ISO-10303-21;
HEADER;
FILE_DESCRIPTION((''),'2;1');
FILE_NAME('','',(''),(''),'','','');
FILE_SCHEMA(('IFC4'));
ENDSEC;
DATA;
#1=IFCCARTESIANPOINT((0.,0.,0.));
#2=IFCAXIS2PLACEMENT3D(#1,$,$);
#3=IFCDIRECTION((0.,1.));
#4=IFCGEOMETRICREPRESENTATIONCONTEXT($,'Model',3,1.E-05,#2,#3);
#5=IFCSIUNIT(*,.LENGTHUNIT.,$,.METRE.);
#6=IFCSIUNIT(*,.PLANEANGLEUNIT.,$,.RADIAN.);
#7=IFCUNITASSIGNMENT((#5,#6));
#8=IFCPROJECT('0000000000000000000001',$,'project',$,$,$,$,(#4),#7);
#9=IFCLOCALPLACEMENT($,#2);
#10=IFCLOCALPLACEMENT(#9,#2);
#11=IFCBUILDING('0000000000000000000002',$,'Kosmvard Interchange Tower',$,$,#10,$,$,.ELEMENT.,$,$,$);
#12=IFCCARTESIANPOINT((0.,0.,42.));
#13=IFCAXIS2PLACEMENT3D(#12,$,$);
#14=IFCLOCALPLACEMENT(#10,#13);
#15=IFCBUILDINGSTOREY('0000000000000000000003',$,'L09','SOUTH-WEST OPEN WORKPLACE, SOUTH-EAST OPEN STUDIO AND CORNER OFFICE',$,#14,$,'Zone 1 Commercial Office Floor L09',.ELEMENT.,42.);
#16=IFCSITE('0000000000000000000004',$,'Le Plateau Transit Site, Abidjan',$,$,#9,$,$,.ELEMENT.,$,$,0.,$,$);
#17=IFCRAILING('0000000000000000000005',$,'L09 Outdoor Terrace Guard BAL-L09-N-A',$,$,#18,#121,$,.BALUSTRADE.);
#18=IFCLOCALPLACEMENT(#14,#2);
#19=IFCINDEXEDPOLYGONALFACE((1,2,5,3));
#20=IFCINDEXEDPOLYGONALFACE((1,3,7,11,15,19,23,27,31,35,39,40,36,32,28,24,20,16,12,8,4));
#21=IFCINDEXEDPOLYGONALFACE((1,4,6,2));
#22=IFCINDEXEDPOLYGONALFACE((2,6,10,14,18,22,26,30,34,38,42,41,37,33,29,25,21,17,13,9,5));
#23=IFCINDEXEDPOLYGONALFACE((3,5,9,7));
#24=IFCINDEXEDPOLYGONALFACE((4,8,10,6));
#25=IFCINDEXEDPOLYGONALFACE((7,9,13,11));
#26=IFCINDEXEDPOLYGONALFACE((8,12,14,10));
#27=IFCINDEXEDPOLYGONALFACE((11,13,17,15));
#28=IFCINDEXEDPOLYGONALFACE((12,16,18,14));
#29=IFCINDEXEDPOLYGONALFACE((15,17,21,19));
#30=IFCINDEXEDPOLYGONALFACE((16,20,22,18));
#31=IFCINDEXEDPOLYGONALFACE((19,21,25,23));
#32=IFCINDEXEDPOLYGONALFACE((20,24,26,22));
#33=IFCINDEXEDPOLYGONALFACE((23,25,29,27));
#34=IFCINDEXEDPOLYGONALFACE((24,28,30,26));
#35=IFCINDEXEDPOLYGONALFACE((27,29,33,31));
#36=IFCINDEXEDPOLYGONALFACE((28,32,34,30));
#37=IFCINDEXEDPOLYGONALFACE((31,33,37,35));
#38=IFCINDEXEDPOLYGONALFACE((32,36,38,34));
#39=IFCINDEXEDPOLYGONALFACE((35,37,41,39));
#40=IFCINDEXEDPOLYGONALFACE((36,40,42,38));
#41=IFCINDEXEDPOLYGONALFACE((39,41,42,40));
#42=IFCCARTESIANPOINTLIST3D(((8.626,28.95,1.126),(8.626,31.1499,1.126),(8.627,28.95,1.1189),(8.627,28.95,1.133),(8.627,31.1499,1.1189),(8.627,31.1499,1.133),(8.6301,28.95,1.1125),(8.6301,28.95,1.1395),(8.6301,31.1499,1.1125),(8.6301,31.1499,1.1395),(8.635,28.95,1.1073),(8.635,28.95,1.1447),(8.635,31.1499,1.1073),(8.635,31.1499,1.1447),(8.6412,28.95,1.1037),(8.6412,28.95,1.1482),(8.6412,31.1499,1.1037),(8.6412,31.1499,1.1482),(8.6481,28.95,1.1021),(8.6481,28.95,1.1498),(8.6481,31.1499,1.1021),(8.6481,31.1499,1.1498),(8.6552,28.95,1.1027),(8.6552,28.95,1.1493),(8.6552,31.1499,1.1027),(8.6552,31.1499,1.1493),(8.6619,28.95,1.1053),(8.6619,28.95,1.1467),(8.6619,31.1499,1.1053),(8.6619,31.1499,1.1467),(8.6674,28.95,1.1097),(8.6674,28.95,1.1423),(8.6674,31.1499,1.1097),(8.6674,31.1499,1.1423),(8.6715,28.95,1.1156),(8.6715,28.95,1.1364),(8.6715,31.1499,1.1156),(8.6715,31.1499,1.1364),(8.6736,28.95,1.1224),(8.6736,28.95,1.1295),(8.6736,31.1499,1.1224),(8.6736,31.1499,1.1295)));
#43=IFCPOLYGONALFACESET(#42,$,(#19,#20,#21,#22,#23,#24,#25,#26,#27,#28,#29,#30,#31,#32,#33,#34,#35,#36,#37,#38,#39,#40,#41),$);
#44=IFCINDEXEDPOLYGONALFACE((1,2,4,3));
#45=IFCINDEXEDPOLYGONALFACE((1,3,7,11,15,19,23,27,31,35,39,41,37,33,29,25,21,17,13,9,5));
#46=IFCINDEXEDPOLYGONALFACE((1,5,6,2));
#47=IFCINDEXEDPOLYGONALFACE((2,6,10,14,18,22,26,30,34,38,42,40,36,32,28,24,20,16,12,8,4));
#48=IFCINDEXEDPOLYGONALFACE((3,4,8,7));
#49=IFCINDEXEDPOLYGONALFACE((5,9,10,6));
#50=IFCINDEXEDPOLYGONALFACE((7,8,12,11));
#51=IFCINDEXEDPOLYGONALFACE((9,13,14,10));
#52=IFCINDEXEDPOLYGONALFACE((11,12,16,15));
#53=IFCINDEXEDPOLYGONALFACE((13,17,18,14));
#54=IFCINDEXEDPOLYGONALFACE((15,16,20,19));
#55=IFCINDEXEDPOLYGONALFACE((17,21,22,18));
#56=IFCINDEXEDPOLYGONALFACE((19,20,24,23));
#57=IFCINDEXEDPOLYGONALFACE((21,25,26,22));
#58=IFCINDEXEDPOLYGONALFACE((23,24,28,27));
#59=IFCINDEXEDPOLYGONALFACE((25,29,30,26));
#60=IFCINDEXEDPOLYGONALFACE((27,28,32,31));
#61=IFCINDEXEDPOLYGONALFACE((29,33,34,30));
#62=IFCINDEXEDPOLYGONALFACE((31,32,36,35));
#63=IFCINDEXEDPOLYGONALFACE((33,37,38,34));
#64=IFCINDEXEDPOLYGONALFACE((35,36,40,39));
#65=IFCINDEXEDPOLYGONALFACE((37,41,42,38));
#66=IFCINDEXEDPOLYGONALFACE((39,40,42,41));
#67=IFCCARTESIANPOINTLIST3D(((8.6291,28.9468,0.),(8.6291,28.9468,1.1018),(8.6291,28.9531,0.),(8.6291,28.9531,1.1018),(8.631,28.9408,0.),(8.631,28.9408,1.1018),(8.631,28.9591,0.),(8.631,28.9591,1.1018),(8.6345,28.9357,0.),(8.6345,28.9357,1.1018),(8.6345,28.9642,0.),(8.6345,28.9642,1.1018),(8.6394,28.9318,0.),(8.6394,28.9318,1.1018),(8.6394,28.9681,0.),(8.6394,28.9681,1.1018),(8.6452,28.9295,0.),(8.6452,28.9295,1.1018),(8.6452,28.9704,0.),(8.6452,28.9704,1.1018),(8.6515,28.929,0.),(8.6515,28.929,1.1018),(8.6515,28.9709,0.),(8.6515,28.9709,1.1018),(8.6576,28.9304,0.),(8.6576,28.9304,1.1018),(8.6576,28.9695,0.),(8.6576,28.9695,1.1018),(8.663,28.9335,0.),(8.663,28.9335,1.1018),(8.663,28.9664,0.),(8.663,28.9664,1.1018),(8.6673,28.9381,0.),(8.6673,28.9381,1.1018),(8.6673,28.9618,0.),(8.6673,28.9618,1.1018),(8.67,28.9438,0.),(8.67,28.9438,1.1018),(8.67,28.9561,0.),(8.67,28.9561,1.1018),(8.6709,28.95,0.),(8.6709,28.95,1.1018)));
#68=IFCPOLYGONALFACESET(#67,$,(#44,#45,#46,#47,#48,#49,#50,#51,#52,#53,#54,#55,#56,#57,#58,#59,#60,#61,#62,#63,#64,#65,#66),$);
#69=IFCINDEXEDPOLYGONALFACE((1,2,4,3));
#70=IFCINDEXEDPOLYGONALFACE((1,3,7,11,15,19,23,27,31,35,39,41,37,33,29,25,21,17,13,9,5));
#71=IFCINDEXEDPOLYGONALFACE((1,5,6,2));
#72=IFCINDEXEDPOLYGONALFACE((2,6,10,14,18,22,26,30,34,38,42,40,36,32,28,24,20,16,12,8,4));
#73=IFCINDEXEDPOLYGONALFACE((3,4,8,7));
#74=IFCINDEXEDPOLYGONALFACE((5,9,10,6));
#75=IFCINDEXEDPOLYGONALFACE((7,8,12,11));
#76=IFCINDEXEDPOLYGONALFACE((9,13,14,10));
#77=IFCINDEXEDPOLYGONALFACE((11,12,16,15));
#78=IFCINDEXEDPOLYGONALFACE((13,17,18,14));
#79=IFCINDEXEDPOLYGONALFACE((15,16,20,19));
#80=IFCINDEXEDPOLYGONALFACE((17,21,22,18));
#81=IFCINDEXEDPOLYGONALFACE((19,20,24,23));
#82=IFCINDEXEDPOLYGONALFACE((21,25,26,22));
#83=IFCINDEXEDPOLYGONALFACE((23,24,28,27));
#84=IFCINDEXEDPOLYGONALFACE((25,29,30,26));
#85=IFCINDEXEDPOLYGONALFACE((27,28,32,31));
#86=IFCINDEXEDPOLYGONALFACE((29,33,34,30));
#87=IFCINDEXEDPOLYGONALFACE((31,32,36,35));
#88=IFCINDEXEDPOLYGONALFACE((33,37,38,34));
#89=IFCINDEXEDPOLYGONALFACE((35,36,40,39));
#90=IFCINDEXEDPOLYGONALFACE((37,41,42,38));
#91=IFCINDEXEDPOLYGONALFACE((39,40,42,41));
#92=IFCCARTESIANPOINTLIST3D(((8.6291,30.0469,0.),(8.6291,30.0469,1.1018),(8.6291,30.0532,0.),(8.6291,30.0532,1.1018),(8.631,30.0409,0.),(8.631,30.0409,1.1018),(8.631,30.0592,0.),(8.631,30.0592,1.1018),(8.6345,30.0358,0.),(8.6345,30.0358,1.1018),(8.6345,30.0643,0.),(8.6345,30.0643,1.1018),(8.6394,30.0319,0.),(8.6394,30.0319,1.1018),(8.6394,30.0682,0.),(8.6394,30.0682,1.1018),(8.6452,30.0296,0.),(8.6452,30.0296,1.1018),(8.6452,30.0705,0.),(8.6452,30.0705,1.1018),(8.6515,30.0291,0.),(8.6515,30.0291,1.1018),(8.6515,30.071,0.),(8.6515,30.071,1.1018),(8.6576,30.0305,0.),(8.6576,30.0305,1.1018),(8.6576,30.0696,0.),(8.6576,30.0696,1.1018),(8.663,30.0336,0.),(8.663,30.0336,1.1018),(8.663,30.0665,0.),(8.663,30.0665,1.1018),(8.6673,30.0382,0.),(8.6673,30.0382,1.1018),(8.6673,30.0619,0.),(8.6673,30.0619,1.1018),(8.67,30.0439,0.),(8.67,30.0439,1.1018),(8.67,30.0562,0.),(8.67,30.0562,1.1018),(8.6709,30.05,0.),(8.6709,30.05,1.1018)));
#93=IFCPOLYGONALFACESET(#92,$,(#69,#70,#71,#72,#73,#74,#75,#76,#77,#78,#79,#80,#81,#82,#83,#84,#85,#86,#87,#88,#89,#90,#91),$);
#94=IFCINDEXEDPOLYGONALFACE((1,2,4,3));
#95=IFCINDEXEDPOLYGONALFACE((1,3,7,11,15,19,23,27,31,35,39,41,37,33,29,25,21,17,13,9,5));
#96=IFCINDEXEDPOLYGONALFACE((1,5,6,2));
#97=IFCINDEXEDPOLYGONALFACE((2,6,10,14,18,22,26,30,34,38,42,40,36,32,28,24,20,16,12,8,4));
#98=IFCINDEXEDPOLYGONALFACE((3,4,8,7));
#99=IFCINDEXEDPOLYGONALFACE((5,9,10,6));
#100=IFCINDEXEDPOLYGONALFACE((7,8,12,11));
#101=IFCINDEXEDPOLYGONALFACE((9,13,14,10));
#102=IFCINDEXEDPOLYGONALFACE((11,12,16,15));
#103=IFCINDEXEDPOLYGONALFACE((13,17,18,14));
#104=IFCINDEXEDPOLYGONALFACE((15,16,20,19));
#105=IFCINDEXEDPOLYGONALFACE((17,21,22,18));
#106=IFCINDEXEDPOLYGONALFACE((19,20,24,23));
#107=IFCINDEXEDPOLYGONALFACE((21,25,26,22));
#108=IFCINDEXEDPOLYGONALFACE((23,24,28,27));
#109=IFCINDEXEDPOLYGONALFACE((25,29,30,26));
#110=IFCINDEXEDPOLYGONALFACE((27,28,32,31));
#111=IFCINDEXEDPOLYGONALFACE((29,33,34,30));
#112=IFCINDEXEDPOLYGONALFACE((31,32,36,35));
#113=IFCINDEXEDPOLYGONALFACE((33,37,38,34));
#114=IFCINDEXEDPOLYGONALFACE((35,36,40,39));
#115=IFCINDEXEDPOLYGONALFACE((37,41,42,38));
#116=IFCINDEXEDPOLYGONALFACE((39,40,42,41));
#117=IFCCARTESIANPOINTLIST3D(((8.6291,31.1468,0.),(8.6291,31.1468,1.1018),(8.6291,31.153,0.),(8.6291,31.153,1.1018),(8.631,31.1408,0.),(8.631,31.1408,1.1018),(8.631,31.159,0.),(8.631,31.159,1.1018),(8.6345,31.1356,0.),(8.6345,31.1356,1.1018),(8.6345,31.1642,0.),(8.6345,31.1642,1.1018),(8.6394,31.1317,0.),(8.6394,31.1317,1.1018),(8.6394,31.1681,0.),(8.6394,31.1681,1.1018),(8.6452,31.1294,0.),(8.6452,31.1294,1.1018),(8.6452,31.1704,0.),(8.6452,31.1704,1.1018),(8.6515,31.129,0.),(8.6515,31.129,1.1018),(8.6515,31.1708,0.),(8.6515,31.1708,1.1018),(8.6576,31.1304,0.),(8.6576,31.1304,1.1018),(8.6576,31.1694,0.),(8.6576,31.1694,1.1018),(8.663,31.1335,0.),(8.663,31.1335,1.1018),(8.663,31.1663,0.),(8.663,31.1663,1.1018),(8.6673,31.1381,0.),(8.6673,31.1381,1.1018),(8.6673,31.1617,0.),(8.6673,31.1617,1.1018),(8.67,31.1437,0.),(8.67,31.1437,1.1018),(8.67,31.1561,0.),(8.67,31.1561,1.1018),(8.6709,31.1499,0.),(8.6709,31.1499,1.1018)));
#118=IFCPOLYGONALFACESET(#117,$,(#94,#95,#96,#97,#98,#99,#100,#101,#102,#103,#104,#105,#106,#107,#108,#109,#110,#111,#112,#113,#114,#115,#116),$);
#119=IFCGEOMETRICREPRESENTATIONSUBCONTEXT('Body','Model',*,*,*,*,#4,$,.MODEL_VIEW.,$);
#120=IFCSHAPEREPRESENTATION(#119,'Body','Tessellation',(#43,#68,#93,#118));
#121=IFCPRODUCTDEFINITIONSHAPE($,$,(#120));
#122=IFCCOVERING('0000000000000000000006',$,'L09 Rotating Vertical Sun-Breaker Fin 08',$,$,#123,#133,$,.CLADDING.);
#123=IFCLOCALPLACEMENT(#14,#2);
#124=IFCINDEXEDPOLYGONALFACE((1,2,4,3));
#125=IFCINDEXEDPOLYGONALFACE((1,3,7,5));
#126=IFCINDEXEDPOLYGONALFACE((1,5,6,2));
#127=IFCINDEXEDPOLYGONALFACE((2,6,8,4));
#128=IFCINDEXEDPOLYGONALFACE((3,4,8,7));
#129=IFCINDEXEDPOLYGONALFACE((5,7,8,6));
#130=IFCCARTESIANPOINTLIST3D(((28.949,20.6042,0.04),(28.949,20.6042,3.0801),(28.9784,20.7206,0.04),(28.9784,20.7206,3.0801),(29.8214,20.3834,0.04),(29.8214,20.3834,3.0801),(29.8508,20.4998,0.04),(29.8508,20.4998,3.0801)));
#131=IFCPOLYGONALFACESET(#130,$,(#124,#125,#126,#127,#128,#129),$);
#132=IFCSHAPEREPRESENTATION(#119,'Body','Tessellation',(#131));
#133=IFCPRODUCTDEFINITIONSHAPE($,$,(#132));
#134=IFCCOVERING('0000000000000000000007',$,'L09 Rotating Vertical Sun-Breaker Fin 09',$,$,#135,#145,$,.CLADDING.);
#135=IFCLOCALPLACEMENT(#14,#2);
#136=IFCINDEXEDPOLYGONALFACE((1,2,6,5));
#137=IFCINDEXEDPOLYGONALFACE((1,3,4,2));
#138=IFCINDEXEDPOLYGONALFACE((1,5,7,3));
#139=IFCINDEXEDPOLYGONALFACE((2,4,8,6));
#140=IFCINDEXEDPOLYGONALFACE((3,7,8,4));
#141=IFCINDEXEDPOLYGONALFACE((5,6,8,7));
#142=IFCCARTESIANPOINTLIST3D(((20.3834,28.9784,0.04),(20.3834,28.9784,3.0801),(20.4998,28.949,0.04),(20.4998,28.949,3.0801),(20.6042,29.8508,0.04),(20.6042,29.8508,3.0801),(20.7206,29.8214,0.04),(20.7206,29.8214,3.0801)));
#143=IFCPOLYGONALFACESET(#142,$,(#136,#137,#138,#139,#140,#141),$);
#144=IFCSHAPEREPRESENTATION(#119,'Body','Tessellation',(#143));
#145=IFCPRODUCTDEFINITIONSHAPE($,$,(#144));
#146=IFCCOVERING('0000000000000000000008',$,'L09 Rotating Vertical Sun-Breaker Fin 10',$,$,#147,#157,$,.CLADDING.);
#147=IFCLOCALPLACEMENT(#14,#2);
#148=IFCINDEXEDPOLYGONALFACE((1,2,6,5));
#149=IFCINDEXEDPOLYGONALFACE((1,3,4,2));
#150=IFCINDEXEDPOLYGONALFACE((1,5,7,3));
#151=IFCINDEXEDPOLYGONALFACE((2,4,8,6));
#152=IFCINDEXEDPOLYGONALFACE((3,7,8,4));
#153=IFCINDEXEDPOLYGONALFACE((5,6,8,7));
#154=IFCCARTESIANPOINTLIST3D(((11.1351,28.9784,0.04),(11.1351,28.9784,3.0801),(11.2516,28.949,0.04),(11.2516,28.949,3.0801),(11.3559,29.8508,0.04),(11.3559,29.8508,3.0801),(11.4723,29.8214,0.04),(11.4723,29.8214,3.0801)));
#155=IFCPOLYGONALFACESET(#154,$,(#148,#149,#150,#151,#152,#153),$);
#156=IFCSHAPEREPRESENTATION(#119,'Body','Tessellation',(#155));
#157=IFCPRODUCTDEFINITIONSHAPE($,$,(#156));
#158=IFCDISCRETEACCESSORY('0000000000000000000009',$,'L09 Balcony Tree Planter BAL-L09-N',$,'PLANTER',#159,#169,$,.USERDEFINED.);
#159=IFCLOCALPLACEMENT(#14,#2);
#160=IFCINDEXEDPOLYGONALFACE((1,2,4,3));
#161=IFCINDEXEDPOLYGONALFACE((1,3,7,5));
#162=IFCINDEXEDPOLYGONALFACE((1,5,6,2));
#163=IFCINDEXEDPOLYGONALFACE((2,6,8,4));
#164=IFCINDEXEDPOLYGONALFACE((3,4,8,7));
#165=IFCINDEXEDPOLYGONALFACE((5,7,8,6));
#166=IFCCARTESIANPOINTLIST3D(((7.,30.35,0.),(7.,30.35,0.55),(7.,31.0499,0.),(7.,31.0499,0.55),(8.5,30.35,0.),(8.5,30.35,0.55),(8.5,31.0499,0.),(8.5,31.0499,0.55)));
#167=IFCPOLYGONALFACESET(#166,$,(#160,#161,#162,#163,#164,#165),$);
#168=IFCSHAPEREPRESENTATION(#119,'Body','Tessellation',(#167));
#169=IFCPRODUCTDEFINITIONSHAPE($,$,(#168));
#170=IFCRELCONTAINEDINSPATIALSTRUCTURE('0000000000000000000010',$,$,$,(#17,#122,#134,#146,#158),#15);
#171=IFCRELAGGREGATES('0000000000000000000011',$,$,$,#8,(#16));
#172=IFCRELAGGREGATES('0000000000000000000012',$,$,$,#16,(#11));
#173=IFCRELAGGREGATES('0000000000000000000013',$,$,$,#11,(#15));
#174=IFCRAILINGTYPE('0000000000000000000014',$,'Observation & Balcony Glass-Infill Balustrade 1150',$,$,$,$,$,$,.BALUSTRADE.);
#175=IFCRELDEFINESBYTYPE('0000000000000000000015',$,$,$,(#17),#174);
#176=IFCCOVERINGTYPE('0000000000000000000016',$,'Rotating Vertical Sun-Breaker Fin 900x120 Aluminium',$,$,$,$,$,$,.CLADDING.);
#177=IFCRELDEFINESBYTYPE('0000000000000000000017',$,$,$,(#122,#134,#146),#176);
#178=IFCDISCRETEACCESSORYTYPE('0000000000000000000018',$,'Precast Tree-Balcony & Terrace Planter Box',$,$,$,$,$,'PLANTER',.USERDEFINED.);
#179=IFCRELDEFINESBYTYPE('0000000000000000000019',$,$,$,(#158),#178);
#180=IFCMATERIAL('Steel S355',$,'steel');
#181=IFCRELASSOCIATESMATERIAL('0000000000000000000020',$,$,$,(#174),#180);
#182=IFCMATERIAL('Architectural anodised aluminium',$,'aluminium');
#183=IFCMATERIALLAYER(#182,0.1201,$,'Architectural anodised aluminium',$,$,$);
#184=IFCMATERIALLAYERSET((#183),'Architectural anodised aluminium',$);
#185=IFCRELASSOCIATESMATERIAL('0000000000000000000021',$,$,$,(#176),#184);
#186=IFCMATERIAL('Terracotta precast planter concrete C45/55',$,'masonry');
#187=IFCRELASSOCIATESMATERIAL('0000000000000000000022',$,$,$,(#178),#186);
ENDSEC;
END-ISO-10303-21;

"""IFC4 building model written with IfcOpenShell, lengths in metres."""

from ifc_helpers import new_model, si_unit, direction, frame, origin, origin_2d, place, context, subcontext, project, spatial, rectangle, circle, extrude, source, transform, mapped, material, layer, layer_set, type_object, element, save


model = new_model("IFC4")

# Units and contexts
model_context = context("Model", 3, precision=1e-05, world=origin(), true_north=direction((0.0, 1.0)))
body_context = subcontext(model_context, "Body", "Model", "MODEL_VIEW")
ifc_project = project(units=[si_unit("LENGTHUNIT", "METRE"), si_unit("PLANEANGLEUNIT", "RADIAN")], contexts=[model_context])

# Site, building, storey
site_placement = place(None, origin())
site = spatial("IfcSite", under=ifc_project, at=site_placement, Name="Le Plateau Transit Site, Abidjan", CompositionType="ELEMENT", RefElevation=0.0)
building_placement = place(site_placement, origin())
building = spatial("IfcBuilding", under=site, at=building_placement, Name="Kosmvard Interchange Tower", CompositionType="ELEMENT")
storey_placement = place(building_placement, frame((0.0, 0.0, 42.0)))
storey = spatial("IfcBuildingStorey", under=building, at=storey_placement, Name="L09", Description="SOUTH-WEST OPEN WORKPLACE, SOUTH-EAST OPEN STUDIO AND CORNER OFFICE", LongName="Zone 1 Commercial Office Floor L09", CompositionType="ELEMENT", Elevation=42.0)

# Shared definitions
ifc_material_1 = material(Name="Steel S355", Category="steel")

# Railing
railing_type = type_object("IfcRailingType", Name="Observation & Balcony Glass-Infill Balustrade 1150", PredefinedType="BALUSTRADE", material=ifc_material_1)
shared_shape_1 = source(origin(), body_context, "Body", "SweptSolid", [
    extrude(circle(Radius=0.0239, at=origin_2d()), frame((0.0, 0.0, 1.126), z_axis=(0.0, 1.0, 0.0), x_axis=(-1.0, 0.0, 0.0)), (0.0, 0.0, 1.0), 2.2),
    extrude(circle(Radius=0.021, at=origin_2d()), origin(), (0.0, 0.0, 1.0), 1.1018),
    extrude(circle(Radius=0.021, at=origin_2d()), frame((0.0, 1.1001, 0.0)), (0.0, 0.0, 1.0), 1.1018),
    extrude(circle(Radius=0.021, at=origin_2d()), frame((0.0, 2.2, 0.0)), (0.0, 0.0, 1.0), 1.1018),
])
railing_1_placement = place(storey_placement, frame((8.6499, 28.95, 0.0)))
element("IfcRailing", 1, at=railing_1_placement, inside=storey, type_object=railing_type, Name="L09 Outdoor Terrace Guard BAL-L09-N-A", PredefinedType="BALUSTRADE", context=body_context, shape_type="MappedRepresentation", body=[
    mapped(shared_shape_1, transform((0.0, 0.0, 0.0), scale=1.0)),
])

# Coverings
ifc_material_2 = material(Name="Architectural anodised aluminium", Category="aluminium")
ifc_layer_1 = layer(ifc_material_2, 0.1201, Name="Architectural anodised aluminium")
ifc_layer_set_1 = layer_set([ifc_layer_1], Name="Architectural anodised aluminium")
covering_type = type_object("IfcCoveringType", Name="Rotating Vertical Sun-Breaker Fin 900x120 Aluminium", PredefinedType="CLADDING", material=ifc_layer_set_1)
shared_shape_2 = source(origin(), body_context, "Body", "SweptSolid", [
    extrude(rectangle(XDim=0.8999, YDim=0.1201, at=origin_2d()), origin(), (0.0, 0.0, 1.0), 3.04),
])
for number, where, z_axis, x_axis, name in (
    (2, (29.3999, 20.552, 0.04), (0.0, 0.0, 1.0), (0.969445, -0.245307, 0.0), "L09 Rotating Vertical Sun-Breaker Fin 08"),
    (3, (20.552, 29.3999, 0.04), (0.0, 0.0, 1.0), (0.245307, 0.969445, 0.0), "L09 Rotating Vertical Sun-Breaker Fin 09"),
    (4, (11.3037, 29.3999, 0.04), (0.0, 0.0, 1.0), (0.245307, 0.969445, 0.0), "L09 Rotating Vertical Sun-Breaker Fin 10"),
):
    element("IfcCovering", number, at=place(storey_placement, frame(where, z_axis=z_axis, x_axis=x_axis)), inside=storey, type_object=covering_type, Name=name, PredefinedType="CLADDING", context=body_context, shape_type="MappedRepresentation", body=[
        mapped(shared_shape_2, transform((0.0, 0.0, 0.0), scale=1.0)),
    ])

# Discrete accessory
ifc_material_3 = material(Name="Terracotta precast planter concrete C45/55", Category="masonry")
discrete_accessory_type = type_object("IfcDiscreteAccessoryType", Name="Precast Tree-Balcony & Terrace Planter Box", ElementType="PLANTER", PredefinedType="USERDEFINED", material=ifc_material_3)
shared_shape_3 = source(origin(), body_context, "Body", "SweptSolid", [
    extrude(rectangle(XDim=1.5, YDim=0.7, at=origin_2d()), origin(), (0.0, 0.0, 1.0), 0.55),
])
discrete_accessory_placement = place(storey_placement, frame((7.75, 30.7, 0.0), z_axis=(0.0, 0.0, 1.0), x_axis=(1.0, 0.0, 0.0)))
element("IfcDiscreteAccessory", 5, at=discrete_accessory_placement, inside=storey, type_object=discrete_accessory_type, Name="L09 Balcony Tree Planter BAL-L09-N", ObjectType="PLANTER", PredefinedType="USERDEFINED", context=body_context, shape_type="MappedRepresentation", body=[
    mapped(shared_shape_3, transform((0.0, 0.0, 0.0), scale=1.0)),
])

save(model, "model.ifc")
